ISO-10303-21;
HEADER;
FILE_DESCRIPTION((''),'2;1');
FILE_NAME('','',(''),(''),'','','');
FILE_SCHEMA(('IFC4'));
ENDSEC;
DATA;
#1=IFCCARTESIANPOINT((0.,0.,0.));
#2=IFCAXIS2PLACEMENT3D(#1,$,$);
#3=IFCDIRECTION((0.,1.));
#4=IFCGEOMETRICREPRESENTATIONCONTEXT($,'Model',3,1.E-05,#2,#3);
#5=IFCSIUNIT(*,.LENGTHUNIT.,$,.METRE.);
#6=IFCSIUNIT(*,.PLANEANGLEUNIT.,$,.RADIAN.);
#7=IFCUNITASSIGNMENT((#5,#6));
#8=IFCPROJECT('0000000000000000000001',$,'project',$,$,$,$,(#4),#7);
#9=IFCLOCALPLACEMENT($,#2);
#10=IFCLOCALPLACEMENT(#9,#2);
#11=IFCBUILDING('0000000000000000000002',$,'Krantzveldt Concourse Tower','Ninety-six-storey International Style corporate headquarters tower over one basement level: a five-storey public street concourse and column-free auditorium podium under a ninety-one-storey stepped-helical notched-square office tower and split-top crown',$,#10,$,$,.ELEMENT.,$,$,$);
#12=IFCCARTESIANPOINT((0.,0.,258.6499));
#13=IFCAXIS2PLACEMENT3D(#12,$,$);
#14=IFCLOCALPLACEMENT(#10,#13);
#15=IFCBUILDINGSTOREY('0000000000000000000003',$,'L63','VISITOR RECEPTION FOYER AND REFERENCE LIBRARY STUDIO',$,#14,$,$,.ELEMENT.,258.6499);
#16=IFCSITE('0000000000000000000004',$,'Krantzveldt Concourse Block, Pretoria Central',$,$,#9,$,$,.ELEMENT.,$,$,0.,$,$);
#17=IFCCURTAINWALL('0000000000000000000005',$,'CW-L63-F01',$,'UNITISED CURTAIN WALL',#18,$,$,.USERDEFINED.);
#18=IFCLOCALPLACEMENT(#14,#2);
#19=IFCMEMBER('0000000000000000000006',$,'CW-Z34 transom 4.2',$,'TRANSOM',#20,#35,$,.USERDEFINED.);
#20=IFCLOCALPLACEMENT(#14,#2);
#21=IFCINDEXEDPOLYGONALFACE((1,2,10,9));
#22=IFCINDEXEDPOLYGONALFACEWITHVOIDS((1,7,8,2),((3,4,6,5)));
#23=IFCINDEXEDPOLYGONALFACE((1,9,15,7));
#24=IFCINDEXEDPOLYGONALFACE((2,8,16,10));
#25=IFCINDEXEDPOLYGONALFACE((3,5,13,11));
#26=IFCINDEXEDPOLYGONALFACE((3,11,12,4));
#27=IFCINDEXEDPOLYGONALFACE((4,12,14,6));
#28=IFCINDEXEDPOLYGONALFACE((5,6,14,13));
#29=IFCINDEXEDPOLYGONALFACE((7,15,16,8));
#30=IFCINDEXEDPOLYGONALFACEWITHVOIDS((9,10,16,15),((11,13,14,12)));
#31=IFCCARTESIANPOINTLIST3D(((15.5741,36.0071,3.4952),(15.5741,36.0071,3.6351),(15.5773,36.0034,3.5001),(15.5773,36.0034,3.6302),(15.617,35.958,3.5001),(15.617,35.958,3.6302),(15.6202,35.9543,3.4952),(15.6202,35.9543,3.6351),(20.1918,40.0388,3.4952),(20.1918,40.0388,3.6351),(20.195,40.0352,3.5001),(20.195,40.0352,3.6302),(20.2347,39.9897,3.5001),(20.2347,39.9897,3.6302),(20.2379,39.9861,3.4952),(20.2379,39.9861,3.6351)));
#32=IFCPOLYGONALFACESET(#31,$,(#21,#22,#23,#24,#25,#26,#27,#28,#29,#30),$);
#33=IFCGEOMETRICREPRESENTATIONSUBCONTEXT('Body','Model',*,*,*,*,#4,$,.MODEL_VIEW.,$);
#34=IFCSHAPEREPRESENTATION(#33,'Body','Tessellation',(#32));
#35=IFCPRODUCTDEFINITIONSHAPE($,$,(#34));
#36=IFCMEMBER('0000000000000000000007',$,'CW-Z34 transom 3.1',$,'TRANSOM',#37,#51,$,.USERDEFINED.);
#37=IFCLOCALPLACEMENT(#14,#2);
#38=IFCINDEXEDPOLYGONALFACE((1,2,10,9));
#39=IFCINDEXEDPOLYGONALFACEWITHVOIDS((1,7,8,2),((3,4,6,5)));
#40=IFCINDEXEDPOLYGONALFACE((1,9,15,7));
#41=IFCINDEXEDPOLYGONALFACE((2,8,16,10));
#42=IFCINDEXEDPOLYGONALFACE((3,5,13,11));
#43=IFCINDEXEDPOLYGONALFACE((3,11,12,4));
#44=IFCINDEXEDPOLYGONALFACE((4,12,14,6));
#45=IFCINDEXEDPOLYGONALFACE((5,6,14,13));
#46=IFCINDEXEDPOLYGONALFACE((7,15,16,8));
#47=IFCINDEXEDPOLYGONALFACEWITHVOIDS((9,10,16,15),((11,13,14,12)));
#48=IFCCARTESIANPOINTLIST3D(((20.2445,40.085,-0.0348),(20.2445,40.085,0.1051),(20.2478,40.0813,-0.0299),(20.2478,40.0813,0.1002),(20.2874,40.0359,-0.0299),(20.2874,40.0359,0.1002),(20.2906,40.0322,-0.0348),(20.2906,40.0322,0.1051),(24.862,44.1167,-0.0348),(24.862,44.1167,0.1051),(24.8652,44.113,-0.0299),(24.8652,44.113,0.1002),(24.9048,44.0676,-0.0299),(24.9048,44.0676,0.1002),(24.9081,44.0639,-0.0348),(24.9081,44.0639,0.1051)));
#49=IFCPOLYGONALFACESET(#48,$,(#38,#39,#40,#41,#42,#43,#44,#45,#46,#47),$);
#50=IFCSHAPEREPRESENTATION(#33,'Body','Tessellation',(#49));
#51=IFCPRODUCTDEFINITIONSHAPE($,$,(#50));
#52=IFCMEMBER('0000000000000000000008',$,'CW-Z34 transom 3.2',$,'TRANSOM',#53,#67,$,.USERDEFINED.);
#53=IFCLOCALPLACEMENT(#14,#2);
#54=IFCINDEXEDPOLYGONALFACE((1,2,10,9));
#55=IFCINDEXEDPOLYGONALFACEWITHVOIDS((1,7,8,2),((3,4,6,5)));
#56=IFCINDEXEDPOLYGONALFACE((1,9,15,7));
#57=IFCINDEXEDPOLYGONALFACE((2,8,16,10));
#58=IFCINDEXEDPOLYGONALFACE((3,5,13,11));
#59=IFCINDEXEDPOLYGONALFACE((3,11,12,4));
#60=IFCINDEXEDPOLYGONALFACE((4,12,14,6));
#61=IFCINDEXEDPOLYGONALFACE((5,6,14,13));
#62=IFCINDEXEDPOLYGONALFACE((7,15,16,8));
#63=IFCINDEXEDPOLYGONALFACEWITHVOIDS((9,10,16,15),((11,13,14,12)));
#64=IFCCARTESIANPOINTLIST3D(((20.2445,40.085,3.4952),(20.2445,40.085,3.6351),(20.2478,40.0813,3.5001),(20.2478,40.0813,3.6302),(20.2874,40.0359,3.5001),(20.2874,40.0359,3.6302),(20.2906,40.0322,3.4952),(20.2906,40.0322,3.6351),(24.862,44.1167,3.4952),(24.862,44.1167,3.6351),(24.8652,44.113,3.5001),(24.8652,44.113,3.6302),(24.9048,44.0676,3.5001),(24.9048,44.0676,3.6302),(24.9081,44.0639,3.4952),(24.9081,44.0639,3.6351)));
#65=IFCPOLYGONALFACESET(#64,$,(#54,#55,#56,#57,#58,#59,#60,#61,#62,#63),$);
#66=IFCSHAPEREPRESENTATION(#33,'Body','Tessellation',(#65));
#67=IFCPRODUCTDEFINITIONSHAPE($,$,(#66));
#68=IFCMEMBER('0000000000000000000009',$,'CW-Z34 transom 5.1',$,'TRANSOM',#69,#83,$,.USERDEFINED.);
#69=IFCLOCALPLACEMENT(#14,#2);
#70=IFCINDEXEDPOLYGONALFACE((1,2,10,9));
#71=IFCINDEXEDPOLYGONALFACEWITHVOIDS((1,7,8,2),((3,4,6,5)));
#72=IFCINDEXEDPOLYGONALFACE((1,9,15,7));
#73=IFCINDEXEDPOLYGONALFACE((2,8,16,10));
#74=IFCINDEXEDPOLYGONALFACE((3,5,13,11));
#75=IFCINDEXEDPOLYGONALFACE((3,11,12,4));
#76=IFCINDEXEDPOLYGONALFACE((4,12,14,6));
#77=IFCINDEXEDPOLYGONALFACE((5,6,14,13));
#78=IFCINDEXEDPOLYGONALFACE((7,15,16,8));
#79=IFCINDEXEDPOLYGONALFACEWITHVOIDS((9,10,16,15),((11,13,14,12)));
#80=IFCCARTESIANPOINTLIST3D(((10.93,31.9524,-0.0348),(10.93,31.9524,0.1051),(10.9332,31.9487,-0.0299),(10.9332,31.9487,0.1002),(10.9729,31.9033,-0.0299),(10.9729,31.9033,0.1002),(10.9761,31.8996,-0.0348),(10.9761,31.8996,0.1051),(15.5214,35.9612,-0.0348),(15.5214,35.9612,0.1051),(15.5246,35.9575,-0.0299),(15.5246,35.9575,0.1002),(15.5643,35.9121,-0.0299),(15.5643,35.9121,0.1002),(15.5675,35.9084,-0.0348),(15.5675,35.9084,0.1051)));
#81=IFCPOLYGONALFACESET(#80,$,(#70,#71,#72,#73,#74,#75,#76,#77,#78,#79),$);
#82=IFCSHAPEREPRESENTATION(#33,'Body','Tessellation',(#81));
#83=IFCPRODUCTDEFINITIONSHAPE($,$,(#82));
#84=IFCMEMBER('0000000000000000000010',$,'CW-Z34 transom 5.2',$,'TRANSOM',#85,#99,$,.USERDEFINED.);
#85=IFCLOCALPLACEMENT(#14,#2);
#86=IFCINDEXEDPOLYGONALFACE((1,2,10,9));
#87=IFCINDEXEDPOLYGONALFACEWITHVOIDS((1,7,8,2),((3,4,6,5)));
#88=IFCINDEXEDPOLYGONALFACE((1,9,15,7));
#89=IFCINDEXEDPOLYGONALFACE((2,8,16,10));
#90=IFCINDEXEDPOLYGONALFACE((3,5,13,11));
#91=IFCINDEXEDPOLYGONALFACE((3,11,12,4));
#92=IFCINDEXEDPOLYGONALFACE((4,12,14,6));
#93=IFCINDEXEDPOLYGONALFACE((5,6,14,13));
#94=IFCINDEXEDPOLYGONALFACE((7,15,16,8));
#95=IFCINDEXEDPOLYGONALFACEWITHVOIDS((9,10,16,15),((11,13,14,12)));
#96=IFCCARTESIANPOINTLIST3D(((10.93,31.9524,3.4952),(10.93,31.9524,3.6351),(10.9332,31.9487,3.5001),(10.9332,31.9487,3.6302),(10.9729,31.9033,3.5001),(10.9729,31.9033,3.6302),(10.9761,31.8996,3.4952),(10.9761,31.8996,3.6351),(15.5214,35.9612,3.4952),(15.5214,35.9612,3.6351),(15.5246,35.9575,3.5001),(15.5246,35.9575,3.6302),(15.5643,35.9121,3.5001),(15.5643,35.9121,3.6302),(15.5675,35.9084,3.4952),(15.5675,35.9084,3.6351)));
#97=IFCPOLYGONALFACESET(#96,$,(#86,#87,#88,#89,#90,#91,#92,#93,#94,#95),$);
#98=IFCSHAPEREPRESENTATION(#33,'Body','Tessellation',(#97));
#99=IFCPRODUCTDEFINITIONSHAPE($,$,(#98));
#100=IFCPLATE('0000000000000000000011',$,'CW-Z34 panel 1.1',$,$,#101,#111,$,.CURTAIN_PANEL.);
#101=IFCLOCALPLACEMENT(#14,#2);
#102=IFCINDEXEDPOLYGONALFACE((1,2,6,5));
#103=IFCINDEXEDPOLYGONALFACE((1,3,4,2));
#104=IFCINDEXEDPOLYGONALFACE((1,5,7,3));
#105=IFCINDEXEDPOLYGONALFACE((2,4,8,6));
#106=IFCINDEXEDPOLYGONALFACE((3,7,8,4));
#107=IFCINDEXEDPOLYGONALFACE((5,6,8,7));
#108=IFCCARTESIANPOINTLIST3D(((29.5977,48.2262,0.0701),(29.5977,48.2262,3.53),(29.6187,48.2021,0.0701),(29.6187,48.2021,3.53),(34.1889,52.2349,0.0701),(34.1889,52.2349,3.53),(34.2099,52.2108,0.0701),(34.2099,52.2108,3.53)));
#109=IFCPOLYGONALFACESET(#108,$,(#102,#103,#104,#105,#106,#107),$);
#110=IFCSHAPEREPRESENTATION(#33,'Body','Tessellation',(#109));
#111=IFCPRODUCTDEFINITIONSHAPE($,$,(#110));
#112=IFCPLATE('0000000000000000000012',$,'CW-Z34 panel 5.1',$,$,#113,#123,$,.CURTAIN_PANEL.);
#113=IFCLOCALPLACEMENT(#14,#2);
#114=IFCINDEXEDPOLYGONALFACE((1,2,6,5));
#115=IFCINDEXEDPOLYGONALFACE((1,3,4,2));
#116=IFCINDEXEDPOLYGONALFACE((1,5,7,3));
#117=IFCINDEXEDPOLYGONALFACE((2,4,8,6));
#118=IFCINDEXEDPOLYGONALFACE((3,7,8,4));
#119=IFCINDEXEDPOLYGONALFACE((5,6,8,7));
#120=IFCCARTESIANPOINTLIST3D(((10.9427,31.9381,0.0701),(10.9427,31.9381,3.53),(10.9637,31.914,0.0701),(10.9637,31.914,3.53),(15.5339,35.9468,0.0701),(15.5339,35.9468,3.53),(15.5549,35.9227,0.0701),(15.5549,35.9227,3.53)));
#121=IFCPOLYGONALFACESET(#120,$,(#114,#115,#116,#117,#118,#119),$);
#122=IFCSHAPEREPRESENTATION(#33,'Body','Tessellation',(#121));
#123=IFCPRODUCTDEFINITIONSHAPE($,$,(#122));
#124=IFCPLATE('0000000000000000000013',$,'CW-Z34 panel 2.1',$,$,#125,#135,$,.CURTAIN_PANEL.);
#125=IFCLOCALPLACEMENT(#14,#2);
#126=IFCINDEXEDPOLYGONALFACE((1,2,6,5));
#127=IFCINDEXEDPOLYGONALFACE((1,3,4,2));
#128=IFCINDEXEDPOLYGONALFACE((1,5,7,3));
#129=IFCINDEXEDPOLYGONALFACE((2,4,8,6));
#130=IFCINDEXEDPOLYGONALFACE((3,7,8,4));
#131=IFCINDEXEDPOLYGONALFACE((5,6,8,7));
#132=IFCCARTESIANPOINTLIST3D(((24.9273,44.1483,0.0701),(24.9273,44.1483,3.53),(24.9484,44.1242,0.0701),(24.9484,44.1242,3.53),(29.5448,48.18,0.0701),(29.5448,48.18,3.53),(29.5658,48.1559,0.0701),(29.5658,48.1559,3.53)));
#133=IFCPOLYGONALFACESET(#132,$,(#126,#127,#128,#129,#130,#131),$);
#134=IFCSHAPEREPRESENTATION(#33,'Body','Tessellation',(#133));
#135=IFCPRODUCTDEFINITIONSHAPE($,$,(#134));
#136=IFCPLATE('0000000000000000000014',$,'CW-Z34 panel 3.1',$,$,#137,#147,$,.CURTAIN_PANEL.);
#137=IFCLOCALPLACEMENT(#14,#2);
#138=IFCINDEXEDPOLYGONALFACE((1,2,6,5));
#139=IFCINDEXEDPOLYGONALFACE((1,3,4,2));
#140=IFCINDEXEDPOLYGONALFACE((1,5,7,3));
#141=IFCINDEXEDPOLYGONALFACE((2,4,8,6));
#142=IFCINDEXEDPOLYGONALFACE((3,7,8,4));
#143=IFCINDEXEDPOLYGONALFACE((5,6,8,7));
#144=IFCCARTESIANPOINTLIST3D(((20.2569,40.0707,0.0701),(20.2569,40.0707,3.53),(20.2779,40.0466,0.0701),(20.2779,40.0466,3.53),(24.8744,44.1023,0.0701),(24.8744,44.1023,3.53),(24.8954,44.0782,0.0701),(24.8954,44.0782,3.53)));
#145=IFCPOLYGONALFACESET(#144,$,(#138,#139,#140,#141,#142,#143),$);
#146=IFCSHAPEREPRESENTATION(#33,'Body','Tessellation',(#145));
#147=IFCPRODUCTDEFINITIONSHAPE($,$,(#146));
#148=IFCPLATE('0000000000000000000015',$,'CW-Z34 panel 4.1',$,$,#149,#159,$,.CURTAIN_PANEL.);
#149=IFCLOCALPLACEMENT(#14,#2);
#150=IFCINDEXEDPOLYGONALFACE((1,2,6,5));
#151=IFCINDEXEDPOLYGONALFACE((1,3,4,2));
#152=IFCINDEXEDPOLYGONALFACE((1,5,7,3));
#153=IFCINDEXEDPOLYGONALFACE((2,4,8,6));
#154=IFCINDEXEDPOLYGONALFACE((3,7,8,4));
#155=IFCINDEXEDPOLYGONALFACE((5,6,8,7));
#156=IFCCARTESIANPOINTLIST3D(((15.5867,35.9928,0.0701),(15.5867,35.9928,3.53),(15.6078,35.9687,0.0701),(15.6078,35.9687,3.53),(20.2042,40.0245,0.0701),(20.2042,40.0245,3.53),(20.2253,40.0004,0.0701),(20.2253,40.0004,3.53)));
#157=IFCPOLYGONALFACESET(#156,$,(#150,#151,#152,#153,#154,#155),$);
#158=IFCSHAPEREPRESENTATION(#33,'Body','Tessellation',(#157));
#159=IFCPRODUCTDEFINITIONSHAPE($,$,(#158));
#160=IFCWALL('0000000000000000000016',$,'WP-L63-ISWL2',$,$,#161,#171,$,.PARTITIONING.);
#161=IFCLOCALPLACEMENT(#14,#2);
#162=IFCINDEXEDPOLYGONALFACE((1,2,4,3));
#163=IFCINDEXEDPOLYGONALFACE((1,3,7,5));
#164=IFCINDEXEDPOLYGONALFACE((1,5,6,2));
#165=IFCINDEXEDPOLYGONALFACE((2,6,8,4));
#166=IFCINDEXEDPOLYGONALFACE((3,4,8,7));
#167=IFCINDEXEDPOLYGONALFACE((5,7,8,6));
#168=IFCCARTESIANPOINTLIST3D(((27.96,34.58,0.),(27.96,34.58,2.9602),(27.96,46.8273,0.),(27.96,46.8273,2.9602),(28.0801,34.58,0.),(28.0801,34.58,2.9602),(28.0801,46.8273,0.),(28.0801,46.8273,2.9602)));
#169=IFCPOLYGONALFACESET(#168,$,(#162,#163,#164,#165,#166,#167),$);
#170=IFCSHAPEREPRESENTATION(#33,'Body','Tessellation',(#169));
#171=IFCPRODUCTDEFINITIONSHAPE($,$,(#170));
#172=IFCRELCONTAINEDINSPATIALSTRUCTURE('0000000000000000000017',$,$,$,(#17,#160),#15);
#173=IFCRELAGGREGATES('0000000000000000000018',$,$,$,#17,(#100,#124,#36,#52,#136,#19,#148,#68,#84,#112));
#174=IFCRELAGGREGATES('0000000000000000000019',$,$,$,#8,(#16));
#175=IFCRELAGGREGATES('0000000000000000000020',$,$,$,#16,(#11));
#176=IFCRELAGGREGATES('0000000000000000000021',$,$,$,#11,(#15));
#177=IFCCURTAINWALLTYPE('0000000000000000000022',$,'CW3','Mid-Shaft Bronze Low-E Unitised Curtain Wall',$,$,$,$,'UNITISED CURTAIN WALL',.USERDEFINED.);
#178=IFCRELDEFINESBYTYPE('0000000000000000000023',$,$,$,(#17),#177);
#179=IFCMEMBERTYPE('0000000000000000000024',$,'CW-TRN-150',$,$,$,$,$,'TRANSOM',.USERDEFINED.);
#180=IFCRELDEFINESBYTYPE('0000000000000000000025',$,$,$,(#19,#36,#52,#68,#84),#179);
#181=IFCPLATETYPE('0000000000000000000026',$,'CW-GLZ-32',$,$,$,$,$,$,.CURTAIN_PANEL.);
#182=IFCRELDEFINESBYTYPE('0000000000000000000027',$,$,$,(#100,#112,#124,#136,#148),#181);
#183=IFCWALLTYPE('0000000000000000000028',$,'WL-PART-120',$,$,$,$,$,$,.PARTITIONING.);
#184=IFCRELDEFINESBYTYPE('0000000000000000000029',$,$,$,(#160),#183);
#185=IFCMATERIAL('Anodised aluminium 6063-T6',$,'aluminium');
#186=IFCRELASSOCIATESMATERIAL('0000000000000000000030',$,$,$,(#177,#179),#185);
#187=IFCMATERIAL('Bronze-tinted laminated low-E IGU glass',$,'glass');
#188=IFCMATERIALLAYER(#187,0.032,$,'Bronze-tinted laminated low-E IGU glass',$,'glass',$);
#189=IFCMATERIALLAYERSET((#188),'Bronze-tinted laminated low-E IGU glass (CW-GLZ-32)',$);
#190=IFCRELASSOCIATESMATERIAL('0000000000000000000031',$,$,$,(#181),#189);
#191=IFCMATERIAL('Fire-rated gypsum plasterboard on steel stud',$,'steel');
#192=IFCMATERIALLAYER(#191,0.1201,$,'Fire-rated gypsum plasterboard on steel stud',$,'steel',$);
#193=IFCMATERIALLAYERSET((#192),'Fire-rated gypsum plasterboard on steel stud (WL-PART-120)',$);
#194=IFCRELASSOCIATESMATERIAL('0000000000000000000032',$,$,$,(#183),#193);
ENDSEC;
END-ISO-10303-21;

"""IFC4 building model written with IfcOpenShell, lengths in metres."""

from ifc_helpers import new_model, si_unit, direction, frame, frame_2d, origin, origin_2d, place, context, subcontext, project, spatial, rectangle, hollow_rectangle, extrude, source, transform, mapped, material, layer, layer_set, material_profile, profile_set, type_object, type_shapes, element, aggregate, save


model = new_model("IFC4")

# Units and contexts
model_context = context("Model", 3, precision=1e-05, world=origin(), true_north=direction((0.0, 1.0)))
body_context = subcontext(model_context, "Body", "Model", "MODEL_VIEW")
ifc_project = project(units=[si_unit("LENGTHUNIT", "METRE"), si_unit("PLANEANGLEUNIT", "RADIAN")], contexts=[model_context])

# Site, building, storey
site_placement = place(None, origin())
site = spatial("IfcSite", under=ifc_project, at=site_placement, Name="Krantzveldt Concourse Block, Pretoria Central", CompositionType="ELEMENT", RefElevation=0.0)
building_placement = place(site_placement, origin())
building = spatial("IfcBuilding", under=site, at=building_placement, Name="Krantzveldt Concourse Tower", Description="Ninety-six-storey International Style corporate headquarters tower over one basement level: a five-storey public street concourse and column-free auditorium podium under a ninety-one-storey stepped-helical notched-square office tower and split-top crown", CompositionType="ELEMENT")
storey_placement = place(building_placement, frame((0.0, 0.0, 258.6499)))
storey = spatial("IfcBuildingStorey", under=building, at=storey_placement, Name="L63", Description="VISITOR RECEPTION FOYER AND REFERENCE LIBRARY STUDIO", CompositionType="ELEMENT", Elevation=258.6499)

# Curtain wall, members, plates
ifc_material_1 = material(Name="Anodised aluminium 6063-T6", Category="aluminium")
curtain_wall_type = type_object("IfcCurtainWallType", Name="CW3", Description="Mid-Shaft Bronze Low-E Unitised Curtain Wall", ElementType="UNITISED CURTAIN WALL", PredefinedType="USERDEFINED", material=ifc_material_1)
curtain_wall_placement = place(storey_placement, origin())
curtain_wall = element("IfcCurtainWall", 1, at=curtain_wall_placement, inside=storey, type_object=curtain_wall_type, Name="CW-L63-F01", ObjectType="UNITISED CURTAIN WALL", PredefinedType="USERDEFINED")
ifc_material_profile_1 = material_profile(ifc_material_1, hollow_rectangle(XDim=0.0701, YDim=0.1399, WallThickness=0.0049, at=origin_2d()), Name="Anodised aluminium 6063-T6", Category="aluminium")
ifc_profile_set_1 = profile_set([ifc_material_profile_1], Name="Anodised aluminium 6063-T6 - ALU-TRAN 140x70x5")
member_type_1 = type_object("IfcMemberType", Name="CW-TRN-150", ElementType="TRANSOM", PredefinedType="USERDEFINED", material=ifc_profile_set_1)
shared_shape_1 = source(origin(), body_context, "Body", "SweptSolid", [
    extrude(hollow_rectangle(XDim=0.0701, YDim=0.1399, WallThickness=0.0049, at=origin_2d()), origin(), (0.0, 0.0, 1.0), 6.1301),
])
member_1_placement = place(storey_placement, frame((20.2148, 40.0125, 3.5652), z_axis=(-0.753282, -0.657698, 0.0), x_axis=(0.657698, -0.753282, 0.0)))
member_1 = element("IfcMember", 2, at=member_1_placement, type_object=member_type_1, Name="CW-Z34 transom 4.2", ObjectType="TRANSOM", PredefinedType="USERDEFINED", context=body_context, shape_type="MappedRepresentation", body=[
    mapped(shared_shape_1, transform((0.0, 0.0, 0.0), x_axis=(1.0, 0.0, 0.0), y_axis=(0.0, 1.0, 0.0), z_axis=(0.0, 0.0, 1.0), scale=1.0)),
])
shared_shape_2 = source(origin(), body_context, "Body", "SweptSolid", [
    extrude(hollow_rectangle(XDim=0.0701, YDim=0.1399, WallThickness=0.0049, at=origin_2d()), origin(), (0.0, 0.0, 1.0), 6.1299),
])
member_2_placement = place(storey_placement, frame((24.885, 44.0903, 0.0352), z_axis=(-0.753265, -0.657718, 0.0), x_axis=(0.657718, -0.753265, 0.0)))
member_2 = element("IfcMember", 3, at=member_2_placement, type_object=member_type_1, Name="CW-Z34 transom 3.1", ObjectType="TRANSOM", PredefinedType="USERDEFINED", context=body_context, shape_type="MappedRepresentation", body=[
    mapped(shared_shape_2, transform((0.0, 0.0, 0.0), x_axis=(1.0, 0.0, 0.0), y_axis=(0.0, 1.0, 0.0), z_axis=(0.0, 0.0, 1.0), scale=1.0)),
])
member_3_placement = place(storey_placement, frame((24.885, 44.0903, 3.5652), z_axis=(-0.753265, -0.657718, 0.0), x_axis=(0.657718, -0.753265, 0.0)))
member_3 = element("IfcMember", 4, at=member_3_placement, type_object=member_type_1, Name="CW-Z34 transom 3.2", ObjectType="TRANSOM", PredefinedType="USERDEFINED", context=body_context, shape_type="MappedRepresentation", body=[
    mapped(shared_shape_2, transform((0.0, 0.0, 0.0), x_axis=(1.0, 0.0, 0.0), y_axis=(0.0, 1.0, 0.0), z_axis=(0.0, 0.0, 1.0), scale=1.0)),
])
shared_shape_3 = source(origin(), body_context, "Body", "SweptSolid", [
    extrude(hollow_rectangle(XDim=0.0701, YDim=0.1399, WallThickness=0.0049, at=origin_2d()), origin(), (0.0, 0.0, 1.0), 6.0952),
])
type_shapes(member_type_1, [shared_shape_1, shared_shape_2, shared_shape_3])
member_4_placement = place(storey_placement, frame((15.5444, 35.9348, 0.0352), z_axis=(-0.753276, -0.657705, 0.0), x_axis=(0.657705, -0.753276, 0.0)))
member_4 = element("IfcMember", 5, at=member_4_placement, type_object=member_type_1, Name="CW-Z34 transom 5.1", ObjectType="TRANSOM", PredefinedType="USERDEFINED", context=body_context, shape_type="MappedRepresentation", body=[
    mapped(shared_shape_3, transform((0.0, 0.0, 0.0), x_axis=(1.0, 0.0, 0.0), y_axis=(0.0, 1.0, 0.0), z_axis=(0.0, 0.0, 1.0), scale=1.0)),
])
member_5_placement = place(storey_placement, frame((15.5444, 35.9348, 3.5652), z_axis=(-0.753276, -0.657705, 0.0), x_axis=(0.657705, -0.753276, 0.0)))
member_5 = element("IfcMember", 6, at=member_5_placement, type_object=member_type_1, Name="CW-Z34 transom 5.2", ObjectType="TRANSOM", PredefinedType="USERDEFINED", context=body_context, shape_type="MappedRepresentation", body=[
    mapped(shared_shape_3, transform((0.0, 0.0, 0.0), x_axis=(1.0, 0.0, 0.0), y_axis=(0.0, 1.0, 0.0), z_axis=(0.0, 0.0, 1.0), scale=1.0)),
])
ifc_material_2 = material(Name="Bronze-tinted laminated low-E IGU glass", Category="glass")
ifc_layer_1 = layer(ifc_material_2, 0.032, Name="Bronze-tinted laminated low-E IGU glass", Category="glass")
ifc_layer_set_1 = layer_set([ifc_layer_1], Name="Bronze-tinted laminated low-E IGU glass (CW-GLZ-32)")
plate_type = type_object("IfcPlateType", Name="CW-GLZ-32", PredefinedType="CURTAIN_PANEL", material=ifc_layer_set_1)
shared_shape_4 = source(origin(), body_context, "Body", "SweptSolid", [
    extrude(rectangle(XDim=6.095, YDim=0.032, at=origin_2d()), origin(), (0.0, 0.0, 1.0), 3.46),
])
plate_1_placement = place(storey_placement, frame((31.9038, 50.2185, 0.0701), z_axis=(0.0, 0.0, 1.0), x_axis=(-0.753277, -0.657704, 0.0)))
plate_1 = element("IfcPlate", 7, at=plate_1_placement, type_object=plate_type, Name="CW-Z34 panel 1.1", PredefinedType="CURTAIN_PANEL", context=body_context, shape_type="MappedRepresentation", body=[
    mapped(shared_shape_4, transform((0.0, 0.0, 0.0), x_axis=(1.0, 0.0, 0.0), y_axis=(0.0, 1.0, 0.0), z_axis=(0.0, 0.0, 1.0), scale=1.0)),
])
plate_2_placement = place(storey_placement, frame((13.2488, 33.9304, 0.0701), z_axis=(0.0, 0.0, 1.0), x_axis=(-0.753277, -0.657704, 0.0)))
plate_2 = element("IfcPlate", 8, at=plate_2_placement, type_object=plate_type, Name="CW-Z34 panel 5.1", PredefinedType="CURTAIN_PANEL", context=body_context, shape_type="MappedRepresentation", body=[
    mapped(shared_shape_4, transform((0.0, 0.0, 0.0), x_axis=(1.0, 0.0, 0.0), y_axis=(0.0, 1.0, 0.0), z_axis=(0.0, 0.0, 1.0), scale=1.0)),
])
shared_shape_5 = source(origin(), body_context, "Body", "SweptSolid", [
    extrude(rectangle(XDim=6.1299, YDim=0.032, at=origin_2d()), origin(), (0.0, 0.0, 1.0), 3.46),
])
type_shapes(plate_type, [shared_shape_4, shared_shape_5])
plate_3_placement = place(storey_placement, frame((27.2466, 46.1521, 0.0701), z_axis=(0.0, 0.0, 1.0), x_axis=(-0.753277, -0.657704, 0.0)))
plate_3 = element("IfcPlate", 9, at=plate_3_placement, type_object=plate_type, Name="CW-Z34 panel 2.1", PredefinedType="CURTAIN_PANEL", context=body_context, shape_type="MappedRepresentation", body=[
    mapped(shared_shape_5, transform((0.0, 0.0, 0.0), x_axis=(1.0, 0.0, 0.0), y_axis=(0.0, 1.0, 0.0), z_axis=(0.0, 0.0, 1.0), scale=1.0)),
])
plate_4_placement = place(storey_placement, frame((22.5762, 42.0745, 0.0701), z_axis=(0.0, 0.0, 1.0), x_axis=(-0.753277, -0.657704, 0.0)))
plate_4 = element("IfcPlate", 10, at=plate_4_placement, type_object=plate_type, Name="CW-Z34 panel 3.1", PredefinedType="CURTAIN_PANEL", context=body_context, shape_type="MappedRepresentation", body=[
    mapped(shared_shape_5, transform((0.0, 0.0, 0.0), x_axis=(1.0, 0.0, 0.0), y_axis=(0.0, 1.0, 0.0), z_axis=(0.0, 0.0, 1.0), scale=1.0)),
])
plate_5_placement = place(storey_placement, frame((17.906, 37.9966, 0.0701), z_axis=(0.0, 0.0, 1.0), x_axis=(-0.753277, -0.657704, 0.0)))
plate_5 = element("IfcPlate", 11, at=plate_5_placement, type_object=plate_type, Name="CW-Z34 panel 4.1", PredefinedType="CURTAIN_PANEL", context=body_context, shape_type="MappedRepresentation", body=[
    mapped(shared_shape_5, transform((0.0, 0.0, 0.0), x_axis=(1.0, 0.0, 0.0), y_axis=(0.0, 1.0, 0.0), z_axis=(0.0, 0.0, 1.0), scale=1.0)),
])
aggregate(curtain_wall, [plate_1, plate_3, member_2, member_3, plate_4, member_1, plate_5, member_4, member_5, plate_2])

# Wall
ifc_material_3 = material(Name="Fire-rated gypsum plasterboard on steel stud", Category="steel")
ifc_layer_2 = layer(ifc_material_3, 0.1201, Name="Fire-rated gypsum plasterboard on steel stud", Category="steel")
ifc_layer_set_2 = layer_set([ifc_layer_2], Name="Fire-rated gypsum plasterboard on steel stud (WL-PART-120)")
wall_type_1 = type_object("IfcWallType", Name="WL-PART-120", PredefinedType="PARTITIONING", material=ifc_layer_set_2)
wall_1_placement = place(storey_placement, frame((28.02, 34.5801, 0.0), z_axis=(0.0, 0.0, 1.0), x_axis=(0.0, 1.0, 0.0)))
element("IfcWall", 12, at=wall_1_placement, inside=storey, type_object=wall_type_1, Name="WP-L63-ISWL2", PredefinedType="PARTITIONING", context=body_context, shape_type="SweptSolid", body=[
    extrude(rectangle(XDim=12.2473, YDim=0.1201, at=frame_2d((6.1235, 0.0))), origin(), (0.0, 0.0, 1.0), 2.9602),
])

save(model, "model.ifc")
